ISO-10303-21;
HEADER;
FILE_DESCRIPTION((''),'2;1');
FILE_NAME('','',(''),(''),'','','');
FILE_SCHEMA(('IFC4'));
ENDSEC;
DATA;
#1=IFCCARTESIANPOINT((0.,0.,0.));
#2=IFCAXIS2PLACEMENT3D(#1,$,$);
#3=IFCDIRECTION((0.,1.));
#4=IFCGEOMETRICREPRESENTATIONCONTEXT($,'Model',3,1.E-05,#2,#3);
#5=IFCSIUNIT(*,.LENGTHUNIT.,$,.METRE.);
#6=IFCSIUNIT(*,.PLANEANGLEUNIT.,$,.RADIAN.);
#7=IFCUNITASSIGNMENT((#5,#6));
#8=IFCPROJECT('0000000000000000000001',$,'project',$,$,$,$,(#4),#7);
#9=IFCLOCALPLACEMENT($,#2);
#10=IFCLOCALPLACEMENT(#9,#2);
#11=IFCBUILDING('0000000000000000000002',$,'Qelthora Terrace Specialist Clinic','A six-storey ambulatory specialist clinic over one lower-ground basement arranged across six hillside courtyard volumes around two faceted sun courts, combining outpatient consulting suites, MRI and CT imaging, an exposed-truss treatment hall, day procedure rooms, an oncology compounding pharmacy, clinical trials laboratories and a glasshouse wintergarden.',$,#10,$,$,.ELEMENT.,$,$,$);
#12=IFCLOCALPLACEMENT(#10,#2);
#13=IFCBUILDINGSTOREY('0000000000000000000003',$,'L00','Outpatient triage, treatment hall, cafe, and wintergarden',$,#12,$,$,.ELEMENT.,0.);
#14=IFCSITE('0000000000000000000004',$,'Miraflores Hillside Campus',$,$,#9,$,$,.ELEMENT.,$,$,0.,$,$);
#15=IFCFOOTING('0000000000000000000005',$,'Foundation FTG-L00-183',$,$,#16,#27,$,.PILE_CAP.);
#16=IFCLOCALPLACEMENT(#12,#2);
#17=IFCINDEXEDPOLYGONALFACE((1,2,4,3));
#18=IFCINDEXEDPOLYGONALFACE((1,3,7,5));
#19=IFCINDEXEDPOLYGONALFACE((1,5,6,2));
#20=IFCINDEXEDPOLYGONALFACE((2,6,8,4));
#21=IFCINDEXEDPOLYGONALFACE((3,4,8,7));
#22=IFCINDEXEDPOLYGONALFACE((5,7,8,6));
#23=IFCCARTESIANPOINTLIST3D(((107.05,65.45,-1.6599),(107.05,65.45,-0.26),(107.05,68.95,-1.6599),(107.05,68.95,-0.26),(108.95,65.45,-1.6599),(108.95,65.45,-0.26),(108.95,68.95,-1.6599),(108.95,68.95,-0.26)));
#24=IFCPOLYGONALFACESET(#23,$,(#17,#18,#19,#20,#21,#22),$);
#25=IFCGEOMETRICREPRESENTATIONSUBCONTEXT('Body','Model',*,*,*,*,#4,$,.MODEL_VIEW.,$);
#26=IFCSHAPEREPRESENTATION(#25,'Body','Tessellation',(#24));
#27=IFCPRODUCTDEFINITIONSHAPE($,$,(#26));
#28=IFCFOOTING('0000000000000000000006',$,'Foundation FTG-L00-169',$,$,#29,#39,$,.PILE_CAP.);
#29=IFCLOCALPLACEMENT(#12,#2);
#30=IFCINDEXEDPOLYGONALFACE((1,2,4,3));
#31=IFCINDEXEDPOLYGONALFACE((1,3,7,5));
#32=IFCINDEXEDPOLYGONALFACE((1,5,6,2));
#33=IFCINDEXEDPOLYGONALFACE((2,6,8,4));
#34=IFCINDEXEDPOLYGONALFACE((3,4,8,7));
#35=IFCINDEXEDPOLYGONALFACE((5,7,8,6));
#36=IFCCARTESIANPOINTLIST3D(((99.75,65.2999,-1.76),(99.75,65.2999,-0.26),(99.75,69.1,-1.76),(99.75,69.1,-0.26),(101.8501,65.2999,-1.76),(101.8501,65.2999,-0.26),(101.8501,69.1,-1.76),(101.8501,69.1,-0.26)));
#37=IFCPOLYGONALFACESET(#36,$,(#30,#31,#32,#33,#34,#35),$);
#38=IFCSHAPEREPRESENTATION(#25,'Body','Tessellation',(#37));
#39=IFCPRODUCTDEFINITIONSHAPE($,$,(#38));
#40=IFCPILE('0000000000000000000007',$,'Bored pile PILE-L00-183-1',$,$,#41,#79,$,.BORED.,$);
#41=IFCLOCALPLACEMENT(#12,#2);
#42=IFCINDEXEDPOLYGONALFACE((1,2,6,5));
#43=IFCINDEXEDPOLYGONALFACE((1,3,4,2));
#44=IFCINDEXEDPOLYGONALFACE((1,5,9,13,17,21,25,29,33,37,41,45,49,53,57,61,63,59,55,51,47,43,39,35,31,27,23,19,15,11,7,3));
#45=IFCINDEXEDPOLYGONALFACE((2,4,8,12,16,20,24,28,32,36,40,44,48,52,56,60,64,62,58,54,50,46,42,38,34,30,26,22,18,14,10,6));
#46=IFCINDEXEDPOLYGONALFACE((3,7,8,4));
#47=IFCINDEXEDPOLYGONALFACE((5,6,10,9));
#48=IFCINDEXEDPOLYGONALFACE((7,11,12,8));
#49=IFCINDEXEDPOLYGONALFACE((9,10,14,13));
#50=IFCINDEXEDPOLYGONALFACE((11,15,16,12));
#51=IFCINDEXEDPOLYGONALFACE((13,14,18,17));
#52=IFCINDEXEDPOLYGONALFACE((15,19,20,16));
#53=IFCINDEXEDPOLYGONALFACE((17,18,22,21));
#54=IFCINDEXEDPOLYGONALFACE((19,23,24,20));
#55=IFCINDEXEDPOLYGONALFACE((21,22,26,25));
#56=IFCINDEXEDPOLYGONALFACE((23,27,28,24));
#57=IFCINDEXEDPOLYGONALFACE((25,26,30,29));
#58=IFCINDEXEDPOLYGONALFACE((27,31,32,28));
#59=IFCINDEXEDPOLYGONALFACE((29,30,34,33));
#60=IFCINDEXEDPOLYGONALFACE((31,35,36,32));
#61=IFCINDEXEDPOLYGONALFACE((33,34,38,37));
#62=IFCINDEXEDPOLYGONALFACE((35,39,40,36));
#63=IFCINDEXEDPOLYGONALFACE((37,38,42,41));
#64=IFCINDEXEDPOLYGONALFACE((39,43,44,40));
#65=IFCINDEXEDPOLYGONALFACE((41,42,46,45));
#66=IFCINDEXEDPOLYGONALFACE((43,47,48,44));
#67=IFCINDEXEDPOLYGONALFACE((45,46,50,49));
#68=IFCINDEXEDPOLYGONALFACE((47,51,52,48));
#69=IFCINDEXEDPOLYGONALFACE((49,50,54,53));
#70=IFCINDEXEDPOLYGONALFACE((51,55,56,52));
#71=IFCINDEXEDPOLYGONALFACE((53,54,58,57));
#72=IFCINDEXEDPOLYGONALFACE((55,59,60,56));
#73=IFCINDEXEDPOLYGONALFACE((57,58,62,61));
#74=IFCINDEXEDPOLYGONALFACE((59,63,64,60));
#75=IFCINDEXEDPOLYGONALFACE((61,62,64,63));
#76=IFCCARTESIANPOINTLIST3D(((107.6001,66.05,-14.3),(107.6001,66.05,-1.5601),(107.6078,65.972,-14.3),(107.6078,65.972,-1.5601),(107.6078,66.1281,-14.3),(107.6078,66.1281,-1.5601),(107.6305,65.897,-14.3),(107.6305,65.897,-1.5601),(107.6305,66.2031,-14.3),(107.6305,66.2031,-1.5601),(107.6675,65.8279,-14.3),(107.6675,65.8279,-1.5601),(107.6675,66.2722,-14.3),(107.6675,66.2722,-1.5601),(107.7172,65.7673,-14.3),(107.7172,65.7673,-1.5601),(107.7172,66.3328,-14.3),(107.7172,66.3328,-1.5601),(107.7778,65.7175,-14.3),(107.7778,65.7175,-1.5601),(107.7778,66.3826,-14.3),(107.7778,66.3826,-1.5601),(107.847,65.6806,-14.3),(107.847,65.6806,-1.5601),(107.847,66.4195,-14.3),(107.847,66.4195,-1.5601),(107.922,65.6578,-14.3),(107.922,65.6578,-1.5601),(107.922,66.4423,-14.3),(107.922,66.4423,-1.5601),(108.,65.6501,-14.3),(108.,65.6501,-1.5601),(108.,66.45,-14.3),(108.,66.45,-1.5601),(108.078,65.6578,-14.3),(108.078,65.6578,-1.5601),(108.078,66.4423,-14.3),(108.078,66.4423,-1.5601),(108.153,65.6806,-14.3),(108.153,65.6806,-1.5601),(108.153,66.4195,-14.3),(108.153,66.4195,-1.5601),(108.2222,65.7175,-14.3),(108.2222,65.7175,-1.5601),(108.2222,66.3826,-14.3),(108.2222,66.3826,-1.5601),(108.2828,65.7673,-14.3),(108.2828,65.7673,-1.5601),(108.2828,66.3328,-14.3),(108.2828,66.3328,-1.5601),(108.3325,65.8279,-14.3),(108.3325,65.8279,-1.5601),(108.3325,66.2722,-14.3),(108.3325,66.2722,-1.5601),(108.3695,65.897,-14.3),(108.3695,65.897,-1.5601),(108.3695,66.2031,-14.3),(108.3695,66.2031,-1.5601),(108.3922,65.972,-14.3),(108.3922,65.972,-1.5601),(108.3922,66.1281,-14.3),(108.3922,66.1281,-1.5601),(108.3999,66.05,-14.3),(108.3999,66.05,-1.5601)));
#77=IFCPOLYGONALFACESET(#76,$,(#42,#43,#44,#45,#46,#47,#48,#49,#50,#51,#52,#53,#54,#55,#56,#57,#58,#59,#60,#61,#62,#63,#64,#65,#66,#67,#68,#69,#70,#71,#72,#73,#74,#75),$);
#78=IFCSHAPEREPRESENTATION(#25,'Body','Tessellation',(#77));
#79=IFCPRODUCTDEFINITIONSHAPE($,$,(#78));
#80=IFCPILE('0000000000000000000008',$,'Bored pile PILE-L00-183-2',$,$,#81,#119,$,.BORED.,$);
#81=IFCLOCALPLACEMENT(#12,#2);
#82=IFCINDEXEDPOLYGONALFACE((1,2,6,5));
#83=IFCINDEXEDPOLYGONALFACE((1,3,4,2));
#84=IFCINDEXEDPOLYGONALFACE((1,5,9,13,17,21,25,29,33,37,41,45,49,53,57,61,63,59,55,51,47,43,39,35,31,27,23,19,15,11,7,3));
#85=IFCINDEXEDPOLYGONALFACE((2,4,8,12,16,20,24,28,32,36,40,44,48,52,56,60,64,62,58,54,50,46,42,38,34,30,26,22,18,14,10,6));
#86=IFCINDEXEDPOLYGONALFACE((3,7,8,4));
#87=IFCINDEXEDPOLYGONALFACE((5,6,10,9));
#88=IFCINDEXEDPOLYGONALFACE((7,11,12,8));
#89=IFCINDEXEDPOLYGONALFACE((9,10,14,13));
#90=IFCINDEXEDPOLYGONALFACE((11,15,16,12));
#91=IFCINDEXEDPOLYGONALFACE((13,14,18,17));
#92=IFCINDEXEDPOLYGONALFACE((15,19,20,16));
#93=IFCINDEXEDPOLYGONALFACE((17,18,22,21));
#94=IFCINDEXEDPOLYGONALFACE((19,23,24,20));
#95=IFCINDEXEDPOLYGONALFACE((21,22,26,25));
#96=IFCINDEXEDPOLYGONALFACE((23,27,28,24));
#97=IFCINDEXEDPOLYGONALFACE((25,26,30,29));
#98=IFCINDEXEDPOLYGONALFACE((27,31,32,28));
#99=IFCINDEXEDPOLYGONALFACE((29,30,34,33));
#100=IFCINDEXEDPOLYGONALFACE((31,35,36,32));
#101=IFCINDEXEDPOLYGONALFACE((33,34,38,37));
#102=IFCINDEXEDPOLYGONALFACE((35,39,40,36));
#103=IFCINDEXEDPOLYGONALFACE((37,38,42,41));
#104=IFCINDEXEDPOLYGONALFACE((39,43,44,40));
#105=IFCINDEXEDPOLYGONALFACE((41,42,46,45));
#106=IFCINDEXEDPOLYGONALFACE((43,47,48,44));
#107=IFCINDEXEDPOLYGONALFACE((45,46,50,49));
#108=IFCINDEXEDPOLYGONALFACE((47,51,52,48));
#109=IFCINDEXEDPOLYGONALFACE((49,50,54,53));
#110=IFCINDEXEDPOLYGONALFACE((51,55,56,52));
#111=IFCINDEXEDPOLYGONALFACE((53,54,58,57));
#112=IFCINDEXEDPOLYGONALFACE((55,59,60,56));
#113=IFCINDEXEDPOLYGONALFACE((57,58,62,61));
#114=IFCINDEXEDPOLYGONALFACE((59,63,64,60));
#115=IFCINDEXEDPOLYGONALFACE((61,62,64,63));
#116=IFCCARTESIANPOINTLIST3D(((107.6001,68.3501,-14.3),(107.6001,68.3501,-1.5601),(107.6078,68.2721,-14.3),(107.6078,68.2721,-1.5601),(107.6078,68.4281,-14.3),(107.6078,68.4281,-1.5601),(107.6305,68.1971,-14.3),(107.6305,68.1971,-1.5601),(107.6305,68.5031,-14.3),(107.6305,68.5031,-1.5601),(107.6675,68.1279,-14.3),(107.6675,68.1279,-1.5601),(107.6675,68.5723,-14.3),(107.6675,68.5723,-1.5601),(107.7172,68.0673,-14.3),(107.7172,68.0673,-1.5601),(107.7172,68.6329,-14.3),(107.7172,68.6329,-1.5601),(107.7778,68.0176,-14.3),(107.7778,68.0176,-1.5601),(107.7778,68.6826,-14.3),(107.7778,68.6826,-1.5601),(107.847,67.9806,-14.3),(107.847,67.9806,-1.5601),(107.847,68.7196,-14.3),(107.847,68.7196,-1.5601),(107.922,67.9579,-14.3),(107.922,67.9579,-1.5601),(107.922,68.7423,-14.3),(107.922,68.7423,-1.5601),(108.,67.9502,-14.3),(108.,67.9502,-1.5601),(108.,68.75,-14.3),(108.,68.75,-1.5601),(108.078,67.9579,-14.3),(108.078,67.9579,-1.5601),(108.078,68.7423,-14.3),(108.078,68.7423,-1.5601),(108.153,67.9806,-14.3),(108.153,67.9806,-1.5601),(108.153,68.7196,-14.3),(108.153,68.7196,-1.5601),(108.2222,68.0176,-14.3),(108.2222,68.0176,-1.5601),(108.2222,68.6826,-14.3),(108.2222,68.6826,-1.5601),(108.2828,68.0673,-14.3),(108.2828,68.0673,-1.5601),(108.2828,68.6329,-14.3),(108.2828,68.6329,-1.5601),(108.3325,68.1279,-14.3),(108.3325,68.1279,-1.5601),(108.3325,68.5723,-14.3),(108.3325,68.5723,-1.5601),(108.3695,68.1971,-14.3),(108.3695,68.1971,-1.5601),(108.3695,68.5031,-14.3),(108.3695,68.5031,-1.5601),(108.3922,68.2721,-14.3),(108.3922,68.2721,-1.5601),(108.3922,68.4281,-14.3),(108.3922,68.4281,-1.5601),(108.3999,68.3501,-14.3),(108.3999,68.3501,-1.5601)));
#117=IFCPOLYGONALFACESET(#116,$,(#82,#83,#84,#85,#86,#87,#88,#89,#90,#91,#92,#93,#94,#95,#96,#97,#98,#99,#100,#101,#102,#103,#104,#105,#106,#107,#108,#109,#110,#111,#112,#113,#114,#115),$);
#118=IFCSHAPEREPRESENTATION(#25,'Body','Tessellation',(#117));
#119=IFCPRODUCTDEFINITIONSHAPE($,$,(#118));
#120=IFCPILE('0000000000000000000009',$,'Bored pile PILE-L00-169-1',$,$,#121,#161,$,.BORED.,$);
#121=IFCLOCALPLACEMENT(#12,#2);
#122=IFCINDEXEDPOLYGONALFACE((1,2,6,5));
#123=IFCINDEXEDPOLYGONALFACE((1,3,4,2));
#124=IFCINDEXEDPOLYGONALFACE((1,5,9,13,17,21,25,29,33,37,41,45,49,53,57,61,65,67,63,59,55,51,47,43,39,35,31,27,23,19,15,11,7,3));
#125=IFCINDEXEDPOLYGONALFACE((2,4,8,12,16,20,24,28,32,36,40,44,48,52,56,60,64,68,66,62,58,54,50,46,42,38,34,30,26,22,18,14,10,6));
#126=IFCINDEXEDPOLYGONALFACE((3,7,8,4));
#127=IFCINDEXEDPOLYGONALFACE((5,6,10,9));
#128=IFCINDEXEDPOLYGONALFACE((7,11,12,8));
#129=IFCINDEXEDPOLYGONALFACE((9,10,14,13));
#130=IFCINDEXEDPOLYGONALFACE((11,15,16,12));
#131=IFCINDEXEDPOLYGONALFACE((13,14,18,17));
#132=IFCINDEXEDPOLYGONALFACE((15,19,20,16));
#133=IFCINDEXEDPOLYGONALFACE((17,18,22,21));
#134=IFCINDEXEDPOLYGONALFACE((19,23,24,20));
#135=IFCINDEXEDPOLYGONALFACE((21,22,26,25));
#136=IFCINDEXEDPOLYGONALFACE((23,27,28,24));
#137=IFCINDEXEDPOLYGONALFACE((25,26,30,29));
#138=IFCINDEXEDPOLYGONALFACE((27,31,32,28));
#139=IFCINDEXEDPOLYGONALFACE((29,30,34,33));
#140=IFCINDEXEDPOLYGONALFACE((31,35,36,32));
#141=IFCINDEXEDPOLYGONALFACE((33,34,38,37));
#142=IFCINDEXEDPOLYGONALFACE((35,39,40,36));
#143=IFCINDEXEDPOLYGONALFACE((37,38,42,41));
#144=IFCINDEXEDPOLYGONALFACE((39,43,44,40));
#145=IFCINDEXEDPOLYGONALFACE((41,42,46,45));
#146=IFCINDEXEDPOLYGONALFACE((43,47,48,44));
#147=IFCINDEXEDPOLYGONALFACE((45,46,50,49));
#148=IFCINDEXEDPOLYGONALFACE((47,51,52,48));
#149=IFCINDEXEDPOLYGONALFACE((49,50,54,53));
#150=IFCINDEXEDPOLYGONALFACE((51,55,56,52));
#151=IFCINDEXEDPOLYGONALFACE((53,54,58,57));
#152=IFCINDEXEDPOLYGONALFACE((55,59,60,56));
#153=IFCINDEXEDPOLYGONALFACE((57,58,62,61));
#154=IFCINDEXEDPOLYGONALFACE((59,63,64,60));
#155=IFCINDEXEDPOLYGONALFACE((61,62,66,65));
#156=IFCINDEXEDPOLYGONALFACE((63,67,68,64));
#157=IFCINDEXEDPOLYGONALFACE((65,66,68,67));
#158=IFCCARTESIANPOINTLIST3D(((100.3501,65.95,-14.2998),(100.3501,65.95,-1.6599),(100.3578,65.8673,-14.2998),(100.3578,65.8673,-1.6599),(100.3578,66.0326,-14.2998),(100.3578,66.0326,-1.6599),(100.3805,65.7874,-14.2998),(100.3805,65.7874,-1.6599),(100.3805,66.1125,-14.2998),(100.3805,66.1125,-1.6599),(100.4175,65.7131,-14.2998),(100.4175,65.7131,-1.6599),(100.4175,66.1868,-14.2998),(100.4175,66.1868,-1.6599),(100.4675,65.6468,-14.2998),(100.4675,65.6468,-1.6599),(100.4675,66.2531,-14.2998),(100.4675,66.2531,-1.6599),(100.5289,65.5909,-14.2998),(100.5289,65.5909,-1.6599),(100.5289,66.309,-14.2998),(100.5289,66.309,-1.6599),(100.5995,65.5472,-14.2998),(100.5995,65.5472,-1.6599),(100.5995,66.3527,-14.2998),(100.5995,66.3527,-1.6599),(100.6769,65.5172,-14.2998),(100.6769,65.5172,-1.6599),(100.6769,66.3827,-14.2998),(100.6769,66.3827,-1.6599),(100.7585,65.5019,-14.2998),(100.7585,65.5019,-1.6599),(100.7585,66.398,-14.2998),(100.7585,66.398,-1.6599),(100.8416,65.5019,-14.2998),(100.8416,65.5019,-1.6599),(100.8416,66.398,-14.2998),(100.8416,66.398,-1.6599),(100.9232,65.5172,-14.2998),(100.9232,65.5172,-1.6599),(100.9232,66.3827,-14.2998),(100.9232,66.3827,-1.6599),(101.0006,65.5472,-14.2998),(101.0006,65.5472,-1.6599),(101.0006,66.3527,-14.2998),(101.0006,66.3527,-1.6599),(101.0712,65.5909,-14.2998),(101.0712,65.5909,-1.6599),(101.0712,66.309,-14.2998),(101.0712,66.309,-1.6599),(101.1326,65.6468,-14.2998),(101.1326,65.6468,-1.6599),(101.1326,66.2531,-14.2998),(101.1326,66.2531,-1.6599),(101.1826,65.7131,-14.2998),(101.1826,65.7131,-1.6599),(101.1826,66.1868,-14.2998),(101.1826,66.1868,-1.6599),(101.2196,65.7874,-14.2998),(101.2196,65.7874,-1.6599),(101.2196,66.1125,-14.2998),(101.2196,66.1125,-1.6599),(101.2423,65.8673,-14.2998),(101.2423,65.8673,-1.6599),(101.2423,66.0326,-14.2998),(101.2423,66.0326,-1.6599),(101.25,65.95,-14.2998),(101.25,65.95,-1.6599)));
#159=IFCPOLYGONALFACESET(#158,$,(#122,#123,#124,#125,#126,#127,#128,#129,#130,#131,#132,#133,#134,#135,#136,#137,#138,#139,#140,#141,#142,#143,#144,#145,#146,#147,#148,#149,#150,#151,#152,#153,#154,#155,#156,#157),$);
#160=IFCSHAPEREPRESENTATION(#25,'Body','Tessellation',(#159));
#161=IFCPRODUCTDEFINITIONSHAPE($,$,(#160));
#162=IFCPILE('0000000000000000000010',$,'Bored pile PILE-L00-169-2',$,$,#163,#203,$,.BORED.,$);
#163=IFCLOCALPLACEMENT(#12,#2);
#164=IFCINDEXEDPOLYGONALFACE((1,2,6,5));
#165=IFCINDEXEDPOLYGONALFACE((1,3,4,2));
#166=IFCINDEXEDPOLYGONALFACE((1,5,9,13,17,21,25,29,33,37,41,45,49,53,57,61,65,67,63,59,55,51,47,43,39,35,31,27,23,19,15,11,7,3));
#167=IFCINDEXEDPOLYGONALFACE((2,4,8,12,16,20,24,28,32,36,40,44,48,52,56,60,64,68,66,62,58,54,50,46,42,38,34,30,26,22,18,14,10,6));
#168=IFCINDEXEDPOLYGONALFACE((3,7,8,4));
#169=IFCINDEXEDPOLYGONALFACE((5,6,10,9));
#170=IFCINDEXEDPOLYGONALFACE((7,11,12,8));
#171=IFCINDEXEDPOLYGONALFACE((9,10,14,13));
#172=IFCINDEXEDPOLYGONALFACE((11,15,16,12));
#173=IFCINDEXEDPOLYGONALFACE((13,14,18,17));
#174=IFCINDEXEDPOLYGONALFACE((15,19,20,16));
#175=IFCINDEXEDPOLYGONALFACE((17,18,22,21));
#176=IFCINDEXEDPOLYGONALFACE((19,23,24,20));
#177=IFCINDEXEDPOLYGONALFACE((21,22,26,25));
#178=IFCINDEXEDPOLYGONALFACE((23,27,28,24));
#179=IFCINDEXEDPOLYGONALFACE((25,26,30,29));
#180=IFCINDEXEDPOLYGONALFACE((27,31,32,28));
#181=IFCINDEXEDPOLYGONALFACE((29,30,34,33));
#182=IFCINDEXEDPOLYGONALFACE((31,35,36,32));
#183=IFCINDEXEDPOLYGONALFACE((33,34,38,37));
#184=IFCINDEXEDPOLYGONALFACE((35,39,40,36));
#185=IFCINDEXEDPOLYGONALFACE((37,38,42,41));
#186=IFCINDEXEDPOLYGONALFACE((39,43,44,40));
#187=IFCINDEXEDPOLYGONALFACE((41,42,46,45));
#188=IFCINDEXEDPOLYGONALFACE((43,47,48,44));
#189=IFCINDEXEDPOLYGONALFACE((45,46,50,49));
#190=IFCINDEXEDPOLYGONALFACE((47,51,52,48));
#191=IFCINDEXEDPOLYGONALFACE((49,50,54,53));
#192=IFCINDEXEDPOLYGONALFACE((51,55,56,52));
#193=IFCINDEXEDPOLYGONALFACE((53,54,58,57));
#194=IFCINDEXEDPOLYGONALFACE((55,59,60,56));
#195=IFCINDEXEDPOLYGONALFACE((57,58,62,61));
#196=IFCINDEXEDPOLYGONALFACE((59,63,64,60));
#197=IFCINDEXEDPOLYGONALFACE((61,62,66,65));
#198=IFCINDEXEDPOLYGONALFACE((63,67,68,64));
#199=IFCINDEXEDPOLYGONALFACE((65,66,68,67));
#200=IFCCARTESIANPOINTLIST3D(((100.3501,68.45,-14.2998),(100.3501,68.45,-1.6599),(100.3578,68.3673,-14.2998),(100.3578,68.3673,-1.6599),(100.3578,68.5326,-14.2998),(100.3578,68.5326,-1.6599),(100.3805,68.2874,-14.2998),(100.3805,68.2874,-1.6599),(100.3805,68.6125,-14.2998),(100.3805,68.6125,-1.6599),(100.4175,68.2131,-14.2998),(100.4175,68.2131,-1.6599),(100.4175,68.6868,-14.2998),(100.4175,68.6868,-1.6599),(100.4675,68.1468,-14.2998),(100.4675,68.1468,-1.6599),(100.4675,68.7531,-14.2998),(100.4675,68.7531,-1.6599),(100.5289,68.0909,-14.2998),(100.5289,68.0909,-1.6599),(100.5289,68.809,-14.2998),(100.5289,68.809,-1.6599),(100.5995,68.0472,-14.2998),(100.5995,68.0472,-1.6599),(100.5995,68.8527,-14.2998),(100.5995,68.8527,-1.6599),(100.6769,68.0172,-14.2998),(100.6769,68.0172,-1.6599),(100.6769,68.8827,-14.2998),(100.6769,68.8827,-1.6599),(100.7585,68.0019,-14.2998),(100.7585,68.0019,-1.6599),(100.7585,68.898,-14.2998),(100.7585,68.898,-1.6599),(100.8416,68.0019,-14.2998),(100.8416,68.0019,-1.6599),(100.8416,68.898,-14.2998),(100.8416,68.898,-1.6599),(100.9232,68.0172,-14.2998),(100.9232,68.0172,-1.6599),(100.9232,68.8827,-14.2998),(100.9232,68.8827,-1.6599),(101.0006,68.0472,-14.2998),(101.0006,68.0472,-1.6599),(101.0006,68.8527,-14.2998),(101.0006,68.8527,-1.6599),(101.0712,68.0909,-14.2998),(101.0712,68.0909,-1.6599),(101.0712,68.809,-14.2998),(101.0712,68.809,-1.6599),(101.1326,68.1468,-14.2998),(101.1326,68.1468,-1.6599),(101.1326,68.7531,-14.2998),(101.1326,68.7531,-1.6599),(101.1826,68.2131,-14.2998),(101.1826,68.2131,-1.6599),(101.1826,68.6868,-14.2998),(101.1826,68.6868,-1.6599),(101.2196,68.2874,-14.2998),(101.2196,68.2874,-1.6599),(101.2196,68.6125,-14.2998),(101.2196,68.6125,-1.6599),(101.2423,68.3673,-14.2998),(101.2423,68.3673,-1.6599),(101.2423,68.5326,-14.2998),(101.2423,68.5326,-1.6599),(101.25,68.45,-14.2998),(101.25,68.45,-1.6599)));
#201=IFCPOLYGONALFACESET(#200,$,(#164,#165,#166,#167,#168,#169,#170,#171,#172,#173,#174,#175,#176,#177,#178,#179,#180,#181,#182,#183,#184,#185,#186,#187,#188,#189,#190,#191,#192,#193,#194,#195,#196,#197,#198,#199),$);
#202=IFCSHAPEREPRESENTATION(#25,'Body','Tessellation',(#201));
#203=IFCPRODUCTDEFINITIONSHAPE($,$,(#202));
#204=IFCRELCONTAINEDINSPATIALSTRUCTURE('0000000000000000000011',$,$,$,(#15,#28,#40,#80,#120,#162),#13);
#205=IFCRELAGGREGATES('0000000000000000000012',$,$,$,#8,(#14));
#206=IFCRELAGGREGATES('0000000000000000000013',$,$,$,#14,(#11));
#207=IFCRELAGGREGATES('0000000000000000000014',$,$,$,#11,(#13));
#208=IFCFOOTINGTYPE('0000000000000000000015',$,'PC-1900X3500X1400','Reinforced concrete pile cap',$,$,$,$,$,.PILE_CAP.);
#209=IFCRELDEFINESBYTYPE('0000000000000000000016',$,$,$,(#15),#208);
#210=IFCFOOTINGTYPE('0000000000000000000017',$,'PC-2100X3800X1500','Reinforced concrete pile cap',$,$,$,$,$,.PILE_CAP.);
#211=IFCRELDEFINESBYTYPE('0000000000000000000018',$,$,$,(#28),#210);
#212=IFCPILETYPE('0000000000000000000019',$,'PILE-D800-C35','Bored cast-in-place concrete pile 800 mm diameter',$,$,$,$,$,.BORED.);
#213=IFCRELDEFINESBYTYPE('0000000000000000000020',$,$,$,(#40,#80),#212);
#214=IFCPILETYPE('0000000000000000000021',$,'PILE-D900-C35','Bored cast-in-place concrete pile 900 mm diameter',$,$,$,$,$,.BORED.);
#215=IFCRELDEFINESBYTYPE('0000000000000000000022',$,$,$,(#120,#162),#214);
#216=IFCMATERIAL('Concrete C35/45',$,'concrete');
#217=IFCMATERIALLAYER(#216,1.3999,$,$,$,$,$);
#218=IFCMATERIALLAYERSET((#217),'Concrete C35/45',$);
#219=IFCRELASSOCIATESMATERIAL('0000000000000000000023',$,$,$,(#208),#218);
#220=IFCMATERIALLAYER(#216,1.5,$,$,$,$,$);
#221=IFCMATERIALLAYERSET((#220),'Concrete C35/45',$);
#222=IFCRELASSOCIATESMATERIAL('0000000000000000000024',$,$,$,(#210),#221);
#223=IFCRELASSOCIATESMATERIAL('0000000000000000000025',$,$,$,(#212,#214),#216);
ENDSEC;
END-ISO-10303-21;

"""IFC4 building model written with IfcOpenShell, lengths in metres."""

from ifc_helpers import new_model, si_unit, direction, frame, origin, origin_2d, place, context, subcontext, project, spatial, rectangle, circle, extrude, material, layer, layer_set, material_profile, profile_set, type_object, element, save


model = new_model("IFC4")

# Units and contexts
model_context = context("Model", 3, precision=1e-05, world=origin(), true_north=direction((0.0, 1.0)))
body_context = subcontext(model_context, "Body", "Model", "MODEL_VIEW")
ifc_project = project(units=[si_unit("LENGTHUNIT", "METRE"), si_unit("PLANEANGLEUNIT", "RADIAN")], contexts=[model_context])

# Site, building, storey
site_placement = place(None, origin())
site = spatial("IfcSite", under=ifc_project, at=site_placement, Name="Miraflores Hillside Campus", CompositionType="ELEMENT", RefElevation=0.0)
building_placement = place(site_placement, origin())
building = spatial("IfcBuilding", under=site, at=building_placement, Name="Qelthora Terrace Specialist Clinic", Description="A six-storey ambulatory specialist clinic over one lower-ground basement arranged across six hillside courtyard volumes around two faceted sun courts, combining outpatient consulting suites, MRI and CT imaging, an exposed-truss treatment hall, day procedure rooms, an oncology compounding pharmacy, clinical trials laboratories and a glasshouse wintergarden.", CompositionType="ELEMENT")
storey_placement = place(building_placement, origin())
storey = spatial("IfcBuildingStorey", under=building, at=storey_placement, Name="L00", Description="Outpatient triage, treatment hall, cafe, and wintergarden", CompositionType="ELEMENT", Elevation=0.0)

# Footings
ifc_material_1 = material(Name="Concrete C35/45", Category="concrete")
ifc_layer_1 = layer(ifc_material_1, 1.3999)
ifc_layer_set_1 = layer_set([ifc_layer_1], Name="Concrete C35/45")
footing_type_1 = type_object("IfcFootingType", Name="PC-1900X3500X1400", Description="Reinforced concrete pile cap", PredefinedType="PILE_CAP", material=ifc_layer_set_1)
footing_1_placement = place(storey_placement, frame((108.0, 67.2, -1.6599), z_axis=(0.0, 0.0, 1.0), x_axis=(1.0, 0.0, 0.0)))
element("IfcFooting", 1, at=footing_1_placement, inside=storey, type_object=footing_type_1, Name="Foundation FTG-L00-183", PredefinedType="PILE_CAP", context=body_context, shape_type="SweptSolid", body=[
    extrude(rectangle(XDim=1.8999, YDim=3.5, at=origin_2d()), origin(), (0.0, 0.0, 1.0), 1.3999),
])
ifc_layer_2 = layer(ifc_material_1, 1.5)
ifc_layer_set_2 = layer_set([ifc_layer_2], Name="Concrete C35/45")
footing_type_2 = type_object("IfcFootingType", Name="PC-2100X3800X1500", Description="Reinforced concrete pile cap", PredefinedType="PILE_CAP", material=ifc_layer_set_2)
footing_2_placement = place(storey_placement, frame((100.8, 67.2, -1.76), z_axis=(0.0, 0.0, 1.0), x_axis=(1.0, 0.0, 0.0)))
element("IfcFooting", 2, at=footing_2_placement, inside=storey, type_object=footing_type_2, Name="Foundation FTG-L00-169", PredefinedType="PILE_CAP", context=body_context, shape_type="SweptSolid", body=[
    extrude(rectangle(XDim=2.1001, YDim=3.8, at=origin_2d()), origin(), (0.0, 0.0, 1.0), 1.5),
])

# Piles
ifc_material_profile_1 = material_profile(ifc_material_1, circle(Radius=0.3999, at=origin_2d()), Name="PILE800")
ifc_profile_set_1 = profile_set([ifc_material_profile_1], Name="Concrete C35/45")
pile_type_1 = type_object("IfcPileType", Name="PILE-D800-C35", Description="Bored cast-in-place concrete pile 800 mm diameter", PredefinedType="BORED", material=ifc_profile_set_1)
for number, where, z_axis, x_axis, name in (
    (3, (108.0, 66.05, -1.5601), (0.0, 0.0, -1.0), (1.0, 0.0, 0.0), "Bored pile PILE-L00-183-1"),
    (4, (108.0, 68.3501, -1.5601), (0.0, 0.0, -1.0), (1.0, 0.0, 0.0), "Bored pile PILE-L00-183-2"),
):
    element("IfcPile", number, at=place(storey_placement, frame(where, z_axis=z_axis, x_axis=x_axis)), inside=storey, type_object=pile_type_1, Name=name, PredefinedType="BORED", context=body_context, shape_type="SweptSolid", body=[
        extrude(circle(Radius=0.3999, at=origin_2d()), origin(), (0.0, 0.0, 1.0), 12.74),
    ])
ifc_material_profile_2 = material_profile(ifc_material_1, circle(Radius=0.45, at=origin_2d()), Name="PILE900")
ifc_profile_set_2 = profile_set([ifc_material_profile_2], Name="Concrete C35/45")
pile_type_2 = type_object("IfcPileType", Name="PILE-D900-C35", Description="Bored cast-in-place concrete pile 900 mm diameter", PredefinedType="BORED", material=ifc_profile_set_2)
for number, where, z_axis, x_axis, name in (
    (5, (100.8, 65.95, -1.6599), (0.0, 0.0, -1.0), (1.0, 0.0, 0.0), "Bored pile PILE-L00-169-1"),
    (6, (100.8, 68.45, -1.6599), (0.0, 0.0, -1.0), (1.0, 0.0, 0.0), "Bored pile PILE-L00-169-2"),
):
    element("IfcPile", number, at=place(storey_placement, frame(where, z_axis=z_axis, x_axis=x_axis)), inside=storey, type_object=pile_type_2, Name=name, PredefinedType="BORED", context=body_context, shape_type="SweptSolid", body=[
        extrude(circle(Radius=0.45, at=origin_2d()), origin(), (0.0, 0.0, 1.0), 12.6399),
    ])

save(model, "model.ifc")
